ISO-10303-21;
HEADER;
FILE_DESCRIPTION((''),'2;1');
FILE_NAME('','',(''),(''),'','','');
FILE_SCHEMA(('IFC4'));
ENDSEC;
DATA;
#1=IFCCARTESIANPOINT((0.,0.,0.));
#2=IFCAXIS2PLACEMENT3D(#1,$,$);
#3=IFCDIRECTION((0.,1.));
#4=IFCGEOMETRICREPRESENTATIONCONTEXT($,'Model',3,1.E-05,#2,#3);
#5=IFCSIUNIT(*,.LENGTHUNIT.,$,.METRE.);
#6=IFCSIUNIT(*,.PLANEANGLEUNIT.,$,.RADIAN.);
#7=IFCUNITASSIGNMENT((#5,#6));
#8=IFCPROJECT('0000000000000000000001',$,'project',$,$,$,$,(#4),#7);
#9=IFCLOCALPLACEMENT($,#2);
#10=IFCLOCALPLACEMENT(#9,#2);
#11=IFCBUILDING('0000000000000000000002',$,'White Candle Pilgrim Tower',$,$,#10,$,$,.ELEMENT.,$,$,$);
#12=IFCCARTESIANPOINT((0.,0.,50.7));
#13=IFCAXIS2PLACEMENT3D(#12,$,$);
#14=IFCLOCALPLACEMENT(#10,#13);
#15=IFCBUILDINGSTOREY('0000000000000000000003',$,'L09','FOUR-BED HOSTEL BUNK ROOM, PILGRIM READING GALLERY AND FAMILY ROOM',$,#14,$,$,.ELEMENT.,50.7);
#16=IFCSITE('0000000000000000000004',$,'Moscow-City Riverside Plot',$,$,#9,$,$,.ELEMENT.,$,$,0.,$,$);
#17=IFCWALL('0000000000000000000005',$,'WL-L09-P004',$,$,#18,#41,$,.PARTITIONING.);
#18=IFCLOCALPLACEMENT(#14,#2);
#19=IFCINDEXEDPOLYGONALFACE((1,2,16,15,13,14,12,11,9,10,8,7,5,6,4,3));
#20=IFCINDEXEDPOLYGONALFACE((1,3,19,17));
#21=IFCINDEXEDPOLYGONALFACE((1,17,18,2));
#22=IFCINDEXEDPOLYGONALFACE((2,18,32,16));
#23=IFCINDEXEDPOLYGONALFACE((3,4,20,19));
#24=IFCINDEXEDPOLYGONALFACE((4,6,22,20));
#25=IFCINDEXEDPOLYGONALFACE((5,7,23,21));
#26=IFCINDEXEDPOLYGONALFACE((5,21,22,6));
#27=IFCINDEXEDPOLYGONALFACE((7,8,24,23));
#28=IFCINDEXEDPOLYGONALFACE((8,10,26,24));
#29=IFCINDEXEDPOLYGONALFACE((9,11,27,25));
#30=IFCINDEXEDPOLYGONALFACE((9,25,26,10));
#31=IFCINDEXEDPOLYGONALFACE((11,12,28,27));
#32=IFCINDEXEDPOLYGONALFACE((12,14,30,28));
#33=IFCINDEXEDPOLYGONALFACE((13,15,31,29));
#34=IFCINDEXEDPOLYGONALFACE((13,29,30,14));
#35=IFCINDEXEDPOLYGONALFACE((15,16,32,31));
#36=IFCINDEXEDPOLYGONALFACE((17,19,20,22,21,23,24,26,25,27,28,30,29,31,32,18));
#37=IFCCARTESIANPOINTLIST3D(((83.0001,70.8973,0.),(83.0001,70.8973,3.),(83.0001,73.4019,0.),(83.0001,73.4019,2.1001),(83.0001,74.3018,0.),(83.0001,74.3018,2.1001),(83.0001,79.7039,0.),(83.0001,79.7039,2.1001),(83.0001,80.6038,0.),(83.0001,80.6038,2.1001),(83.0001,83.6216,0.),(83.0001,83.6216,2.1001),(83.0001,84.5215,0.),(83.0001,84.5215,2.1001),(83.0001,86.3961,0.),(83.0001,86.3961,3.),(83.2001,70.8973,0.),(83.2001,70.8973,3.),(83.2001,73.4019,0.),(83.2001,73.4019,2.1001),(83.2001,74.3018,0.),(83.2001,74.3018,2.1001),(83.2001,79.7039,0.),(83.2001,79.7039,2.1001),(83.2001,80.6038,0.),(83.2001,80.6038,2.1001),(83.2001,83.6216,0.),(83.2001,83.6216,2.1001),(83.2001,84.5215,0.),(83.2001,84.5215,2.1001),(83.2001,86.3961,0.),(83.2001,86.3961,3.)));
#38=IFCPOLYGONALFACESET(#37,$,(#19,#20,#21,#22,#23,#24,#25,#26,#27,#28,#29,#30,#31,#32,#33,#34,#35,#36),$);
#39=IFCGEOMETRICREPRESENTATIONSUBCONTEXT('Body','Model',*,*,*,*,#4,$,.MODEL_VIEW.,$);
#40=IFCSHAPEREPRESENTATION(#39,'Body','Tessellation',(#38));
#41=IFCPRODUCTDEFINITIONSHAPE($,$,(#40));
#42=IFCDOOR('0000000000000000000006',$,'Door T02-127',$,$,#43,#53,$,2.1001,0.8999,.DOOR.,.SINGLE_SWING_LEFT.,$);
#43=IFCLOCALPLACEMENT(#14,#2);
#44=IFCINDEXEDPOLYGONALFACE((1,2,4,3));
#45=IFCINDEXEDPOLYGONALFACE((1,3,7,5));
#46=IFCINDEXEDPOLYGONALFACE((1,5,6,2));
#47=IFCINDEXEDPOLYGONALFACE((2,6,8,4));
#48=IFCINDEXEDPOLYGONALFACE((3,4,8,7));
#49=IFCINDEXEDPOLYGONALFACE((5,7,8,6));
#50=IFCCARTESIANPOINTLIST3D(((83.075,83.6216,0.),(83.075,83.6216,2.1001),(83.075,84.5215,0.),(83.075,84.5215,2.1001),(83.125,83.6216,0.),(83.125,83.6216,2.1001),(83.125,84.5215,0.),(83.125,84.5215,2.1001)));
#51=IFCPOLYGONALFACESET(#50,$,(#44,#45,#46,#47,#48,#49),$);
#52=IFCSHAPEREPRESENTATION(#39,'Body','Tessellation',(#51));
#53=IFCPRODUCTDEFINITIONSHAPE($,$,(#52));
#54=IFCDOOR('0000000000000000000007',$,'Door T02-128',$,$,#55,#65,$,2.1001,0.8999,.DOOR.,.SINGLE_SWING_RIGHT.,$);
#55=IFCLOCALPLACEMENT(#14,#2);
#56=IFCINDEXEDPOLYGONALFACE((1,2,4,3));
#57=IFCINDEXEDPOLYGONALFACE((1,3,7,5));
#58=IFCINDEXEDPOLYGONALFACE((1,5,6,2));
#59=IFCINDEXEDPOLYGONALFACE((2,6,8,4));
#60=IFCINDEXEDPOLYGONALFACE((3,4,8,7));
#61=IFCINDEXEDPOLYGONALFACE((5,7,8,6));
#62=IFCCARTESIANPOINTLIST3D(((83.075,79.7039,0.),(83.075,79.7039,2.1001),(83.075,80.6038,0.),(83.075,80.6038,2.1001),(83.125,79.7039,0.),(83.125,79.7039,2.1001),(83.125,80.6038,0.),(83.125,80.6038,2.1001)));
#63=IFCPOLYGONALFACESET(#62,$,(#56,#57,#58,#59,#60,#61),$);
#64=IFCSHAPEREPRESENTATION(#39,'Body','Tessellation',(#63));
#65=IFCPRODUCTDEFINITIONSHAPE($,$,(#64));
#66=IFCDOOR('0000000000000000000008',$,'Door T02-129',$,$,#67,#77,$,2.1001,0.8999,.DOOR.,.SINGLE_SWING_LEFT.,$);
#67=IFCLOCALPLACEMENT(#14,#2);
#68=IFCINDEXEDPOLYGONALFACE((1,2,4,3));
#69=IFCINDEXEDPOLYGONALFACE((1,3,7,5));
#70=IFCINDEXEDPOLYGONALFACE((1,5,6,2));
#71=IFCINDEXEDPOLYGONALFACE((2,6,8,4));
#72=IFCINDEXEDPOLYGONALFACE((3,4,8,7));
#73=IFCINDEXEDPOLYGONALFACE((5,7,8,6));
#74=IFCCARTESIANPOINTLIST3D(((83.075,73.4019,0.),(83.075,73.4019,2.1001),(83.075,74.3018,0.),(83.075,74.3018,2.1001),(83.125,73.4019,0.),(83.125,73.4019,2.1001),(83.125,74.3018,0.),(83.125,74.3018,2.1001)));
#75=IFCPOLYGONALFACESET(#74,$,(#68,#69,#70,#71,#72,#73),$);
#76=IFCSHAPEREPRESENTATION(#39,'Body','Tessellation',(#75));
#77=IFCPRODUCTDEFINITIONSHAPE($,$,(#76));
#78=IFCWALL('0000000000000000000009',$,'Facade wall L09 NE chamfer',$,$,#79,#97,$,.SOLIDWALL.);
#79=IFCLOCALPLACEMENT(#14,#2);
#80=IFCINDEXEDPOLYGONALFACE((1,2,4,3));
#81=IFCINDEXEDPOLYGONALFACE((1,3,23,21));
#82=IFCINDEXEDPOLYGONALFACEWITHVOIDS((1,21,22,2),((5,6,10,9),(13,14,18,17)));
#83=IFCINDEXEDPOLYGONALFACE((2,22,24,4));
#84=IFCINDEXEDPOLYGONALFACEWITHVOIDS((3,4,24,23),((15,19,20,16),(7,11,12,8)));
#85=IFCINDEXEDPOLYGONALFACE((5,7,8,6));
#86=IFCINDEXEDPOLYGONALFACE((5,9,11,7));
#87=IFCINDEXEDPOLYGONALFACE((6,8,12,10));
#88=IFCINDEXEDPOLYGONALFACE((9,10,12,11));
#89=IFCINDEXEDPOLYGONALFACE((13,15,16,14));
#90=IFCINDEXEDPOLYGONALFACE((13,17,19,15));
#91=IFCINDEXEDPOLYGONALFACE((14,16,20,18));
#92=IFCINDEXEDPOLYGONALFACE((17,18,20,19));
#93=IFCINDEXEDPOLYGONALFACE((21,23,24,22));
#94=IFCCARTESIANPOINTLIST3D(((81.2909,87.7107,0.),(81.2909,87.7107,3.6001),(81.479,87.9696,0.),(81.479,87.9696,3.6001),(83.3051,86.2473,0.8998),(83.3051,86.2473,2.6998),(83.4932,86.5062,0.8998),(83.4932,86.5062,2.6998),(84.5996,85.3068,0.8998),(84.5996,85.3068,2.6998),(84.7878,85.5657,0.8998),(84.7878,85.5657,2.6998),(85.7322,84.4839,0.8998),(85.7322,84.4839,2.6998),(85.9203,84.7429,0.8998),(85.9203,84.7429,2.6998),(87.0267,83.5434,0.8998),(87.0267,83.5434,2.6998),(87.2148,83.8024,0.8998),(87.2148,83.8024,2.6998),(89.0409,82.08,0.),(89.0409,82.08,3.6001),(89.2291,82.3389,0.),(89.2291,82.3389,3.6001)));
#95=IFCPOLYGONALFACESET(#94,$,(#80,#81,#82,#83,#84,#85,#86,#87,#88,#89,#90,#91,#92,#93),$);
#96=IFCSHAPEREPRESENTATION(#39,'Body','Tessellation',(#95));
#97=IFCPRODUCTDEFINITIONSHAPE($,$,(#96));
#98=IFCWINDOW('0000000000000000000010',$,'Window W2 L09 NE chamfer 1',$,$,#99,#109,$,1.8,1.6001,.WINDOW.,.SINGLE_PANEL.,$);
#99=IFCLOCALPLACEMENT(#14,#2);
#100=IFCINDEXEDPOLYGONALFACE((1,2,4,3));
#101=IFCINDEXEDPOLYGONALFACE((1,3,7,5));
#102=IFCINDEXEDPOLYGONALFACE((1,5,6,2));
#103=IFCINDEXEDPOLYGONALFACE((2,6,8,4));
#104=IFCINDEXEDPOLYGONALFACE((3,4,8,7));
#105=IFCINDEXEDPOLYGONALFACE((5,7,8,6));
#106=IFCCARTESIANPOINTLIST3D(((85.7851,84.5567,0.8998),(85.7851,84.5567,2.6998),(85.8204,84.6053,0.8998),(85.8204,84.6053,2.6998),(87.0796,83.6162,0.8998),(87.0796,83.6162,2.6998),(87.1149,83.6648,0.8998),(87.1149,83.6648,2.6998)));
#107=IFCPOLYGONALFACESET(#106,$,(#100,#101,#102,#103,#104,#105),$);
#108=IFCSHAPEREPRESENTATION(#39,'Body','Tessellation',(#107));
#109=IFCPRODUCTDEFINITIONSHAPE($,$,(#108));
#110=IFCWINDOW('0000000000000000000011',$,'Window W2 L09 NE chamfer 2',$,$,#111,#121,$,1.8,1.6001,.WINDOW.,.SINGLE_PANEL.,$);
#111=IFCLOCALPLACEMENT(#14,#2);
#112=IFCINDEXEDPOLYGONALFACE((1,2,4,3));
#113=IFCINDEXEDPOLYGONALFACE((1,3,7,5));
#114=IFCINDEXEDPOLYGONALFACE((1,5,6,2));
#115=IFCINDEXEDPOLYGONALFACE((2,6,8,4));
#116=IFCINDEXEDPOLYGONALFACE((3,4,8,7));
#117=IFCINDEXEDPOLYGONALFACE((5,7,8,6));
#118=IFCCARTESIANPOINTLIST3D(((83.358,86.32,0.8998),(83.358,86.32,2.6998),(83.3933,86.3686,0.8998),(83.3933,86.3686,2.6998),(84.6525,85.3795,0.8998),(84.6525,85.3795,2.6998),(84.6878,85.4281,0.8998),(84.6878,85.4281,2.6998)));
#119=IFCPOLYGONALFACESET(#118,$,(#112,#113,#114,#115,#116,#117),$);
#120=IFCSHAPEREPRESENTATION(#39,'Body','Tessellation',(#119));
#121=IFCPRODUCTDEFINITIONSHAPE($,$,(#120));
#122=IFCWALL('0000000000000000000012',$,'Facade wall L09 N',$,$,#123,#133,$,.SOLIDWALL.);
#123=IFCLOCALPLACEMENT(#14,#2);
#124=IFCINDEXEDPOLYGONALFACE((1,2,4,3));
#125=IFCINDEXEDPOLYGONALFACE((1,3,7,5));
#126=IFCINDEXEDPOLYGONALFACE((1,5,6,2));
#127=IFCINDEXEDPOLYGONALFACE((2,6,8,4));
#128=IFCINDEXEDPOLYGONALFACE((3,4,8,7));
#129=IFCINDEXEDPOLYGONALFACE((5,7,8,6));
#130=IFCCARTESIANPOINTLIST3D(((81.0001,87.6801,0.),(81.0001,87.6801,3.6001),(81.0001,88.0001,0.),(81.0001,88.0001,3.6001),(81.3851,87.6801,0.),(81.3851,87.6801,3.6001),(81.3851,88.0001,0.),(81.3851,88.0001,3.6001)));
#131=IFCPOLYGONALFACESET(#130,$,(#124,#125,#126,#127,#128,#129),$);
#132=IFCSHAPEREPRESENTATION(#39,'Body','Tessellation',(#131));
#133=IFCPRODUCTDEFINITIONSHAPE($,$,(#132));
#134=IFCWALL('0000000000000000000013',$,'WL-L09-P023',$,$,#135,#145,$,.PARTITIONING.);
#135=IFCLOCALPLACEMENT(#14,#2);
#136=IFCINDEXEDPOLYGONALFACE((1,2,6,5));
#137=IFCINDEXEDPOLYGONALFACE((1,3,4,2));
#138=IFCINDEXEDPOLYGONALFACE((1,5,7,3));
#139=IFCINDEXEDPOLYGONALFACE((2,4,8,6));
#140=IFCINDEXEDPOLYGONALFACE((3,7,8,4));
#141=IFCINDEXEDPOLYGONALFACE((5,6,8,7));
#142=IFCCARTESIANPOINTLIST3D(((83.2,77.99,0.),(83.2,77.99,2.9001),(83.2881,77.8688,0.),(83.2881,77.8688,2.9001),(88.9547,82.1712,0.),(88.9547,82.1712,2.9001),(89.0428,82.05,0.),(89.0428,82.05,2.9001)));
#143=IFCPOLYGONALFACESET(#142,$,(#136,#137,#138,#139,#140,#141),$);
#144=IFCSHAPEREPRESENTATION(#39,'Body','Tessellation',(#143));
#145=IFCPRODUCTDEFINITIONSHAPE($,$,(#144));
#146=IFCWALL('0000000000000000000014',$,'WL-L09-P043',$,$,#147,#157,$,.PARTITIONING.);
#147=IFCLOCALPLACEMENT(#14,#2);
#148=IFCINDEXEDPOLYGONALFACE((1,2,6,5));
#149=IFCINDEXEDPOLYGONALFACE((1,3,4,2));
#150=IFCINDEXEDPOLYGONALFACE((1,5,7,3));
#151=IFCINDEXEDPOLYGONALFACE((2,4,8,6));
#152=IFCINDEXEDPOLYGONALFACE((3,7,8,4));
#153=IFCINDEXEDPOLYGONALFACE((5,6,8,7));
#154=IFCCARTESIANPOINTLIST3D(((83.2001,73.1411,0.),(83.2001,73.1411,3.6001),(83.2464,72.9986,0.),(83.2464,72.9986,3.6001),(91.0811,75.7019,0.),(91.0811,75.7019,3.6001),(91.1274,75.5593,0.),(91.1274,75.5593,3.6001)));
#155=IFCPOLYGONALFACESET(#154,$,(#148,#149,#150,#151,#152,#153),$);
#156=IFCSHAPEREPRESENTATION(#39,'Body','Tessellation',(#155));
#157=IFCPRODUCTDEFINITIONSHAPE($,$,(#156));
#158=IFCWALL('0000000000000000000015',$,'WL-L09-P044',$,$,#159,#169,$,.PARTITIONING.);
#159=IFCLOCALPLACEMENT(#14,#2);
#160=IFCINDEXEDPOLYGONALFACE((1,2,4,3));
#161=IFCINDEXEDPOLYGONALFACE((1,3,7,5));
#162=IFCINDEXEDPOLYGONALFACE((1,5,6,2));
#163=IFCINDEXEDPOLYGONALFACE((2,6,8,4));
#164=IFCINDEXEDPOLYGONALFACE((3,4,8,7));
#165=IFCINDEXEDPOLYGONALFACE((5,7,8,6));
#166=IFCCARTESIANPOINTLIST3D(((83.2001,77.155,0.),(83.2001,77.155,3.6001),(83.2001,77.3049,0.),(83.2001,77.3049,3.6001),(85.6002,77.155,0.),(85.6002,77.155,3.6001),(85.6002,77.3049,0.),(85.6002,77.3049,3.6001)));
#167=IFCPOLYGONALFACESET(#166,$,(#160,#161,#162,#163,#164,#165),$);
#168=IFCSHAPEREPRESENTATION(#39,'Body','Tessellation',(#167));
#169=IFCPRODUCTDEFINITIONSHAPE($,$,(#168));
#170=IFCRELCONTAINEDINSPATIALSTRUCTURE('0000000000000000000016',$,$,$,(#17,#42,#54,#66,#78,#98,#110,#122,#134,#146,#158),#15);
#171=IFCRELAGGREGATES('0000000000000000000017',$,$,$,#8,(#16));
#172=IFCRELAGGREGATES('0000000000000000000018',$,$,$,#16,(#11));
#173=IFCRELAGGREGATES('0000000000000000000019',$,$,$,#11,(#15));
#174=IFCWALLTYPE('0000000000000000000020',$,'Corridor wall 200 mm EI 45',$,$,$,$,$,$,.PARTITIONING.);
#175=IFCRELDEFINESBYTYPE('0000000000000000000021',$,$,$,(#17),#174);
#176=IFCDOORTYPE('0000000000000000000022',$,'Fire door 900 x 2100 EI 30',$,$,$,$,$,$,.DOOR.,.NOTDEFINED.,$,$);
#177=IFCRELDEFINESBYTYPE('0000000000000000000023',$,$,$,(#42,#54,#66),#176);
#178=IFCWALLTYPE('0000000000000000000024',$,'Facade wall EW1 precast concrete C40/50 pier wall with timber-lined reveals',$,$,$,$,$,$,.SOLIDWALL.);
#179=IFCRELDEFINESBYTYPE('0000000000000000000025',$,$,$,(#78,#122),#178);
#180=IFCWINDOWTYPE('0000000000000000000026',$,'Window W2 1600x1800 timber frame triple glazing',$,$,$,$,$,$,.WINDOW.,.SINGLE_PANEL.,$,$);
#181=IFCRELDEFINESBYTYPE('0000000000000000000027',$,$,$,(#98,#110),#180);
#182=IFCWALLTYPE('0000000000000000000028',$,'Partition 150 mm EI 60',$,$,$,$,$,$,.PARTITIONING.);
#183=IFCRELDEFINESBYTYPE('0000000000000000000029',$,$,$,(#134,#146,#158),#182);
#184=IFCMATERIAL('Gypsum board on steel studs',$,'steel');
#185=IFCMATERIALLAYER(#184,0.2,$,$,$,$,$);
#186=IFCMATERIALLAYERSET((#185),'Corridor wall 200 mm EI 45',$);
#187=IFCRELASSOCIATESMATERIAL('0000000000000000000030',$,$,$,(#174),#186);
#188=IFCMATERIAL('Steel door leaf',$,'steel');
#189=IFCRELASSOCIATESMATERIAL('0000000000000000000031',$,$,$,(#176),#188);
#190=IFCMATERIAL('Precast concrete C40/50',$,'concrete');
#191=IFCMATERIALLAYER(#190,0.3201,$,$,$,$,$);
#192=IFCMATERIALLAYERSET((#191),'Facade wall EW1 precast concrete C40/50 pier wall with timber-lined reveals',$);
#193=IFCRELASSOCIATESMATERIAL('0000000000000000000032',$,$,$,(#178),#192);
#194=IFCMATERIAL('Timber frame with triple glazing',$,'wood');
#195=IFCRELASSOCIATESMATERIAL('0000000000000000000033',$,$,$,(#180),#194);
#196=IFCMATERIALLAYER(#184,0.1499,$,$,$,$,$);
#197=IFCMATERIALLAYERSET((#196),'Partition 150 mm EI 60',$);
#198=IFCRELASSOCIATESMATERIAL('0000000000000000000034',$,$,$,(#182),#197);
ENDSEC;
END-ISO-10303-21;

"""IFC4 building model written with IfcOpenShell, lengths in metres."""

from ifc_helpers import new_model, si_unit, direction, frame, frame_2d, origin, place, context, subcontext, project, spatial, rectangle, extrude, material, layer, layer_set, type_object, element, fill, save


model = new_model("IFC4")

# Units and contexts
model_context = context("Model", 3, precision=1e-05, world=origin(), true_north=direction((0.0, 1.0)))
body_context = subcontext(model_context, "Body", "Model", "MODEL_VIEW")
ifc_project = project(units=[si_unit("LENGTHUNIT", "METRE"), si_unit("PLANEANGLEUNIT", "RADIAN")], contexts=[model_context])

# Site, building, storey
site_placement = place(None, origin())
site = spatial("IfcSite", under=ifc_project, at=site_placement, Name="Moscow-City Riverside Plot", CompositionType="ELEMENT", RefElevation=0.0)
building_placement = place(site_placement, origin())
building = spatial("IfcBuilding", under=site, at=building_placement, Name="White Candle Pilgrim Tower", CompositionType="ELEMENT")
storey_placement = place(building_placement, frame((0.0, 0.0, 50.7)))
storey = spatial("IfcBuildingStorey", under=building, at=storey_placement, Name="L09", Description="FOUR-BED HOSTEL BUNK ROOM, PILGRIM READING GALLERY AND FAMILY ROOM", CompositionType="ELEMENT", Elevation=50.7)

# Shared definitions
ifc_material_1 = material(Name="Steel door leaf", Category="steel")

# Wall, openings, doors
ifc_material_2 = material(Name="Gypsum board on steel studs", Category="steel")
ifc_layer_1 = layer(ifc_material_2, 0.2)
ifc_layer_set_1 = layer_set([ifc_layer_1], Name="Corridor wall 200 mm EI 45")
wall_type_1 = type_object("IfcWallType", Name="Corridor wall 200 mm EI 45", PredefinedType="PARTITIONING", material=ifc_layer_set_1)
wall_1_placement = place(storey_placement, frame((83.1001, 86.3962, 0.0), z_axis=(0.0, 0.0, 1.0), x_axis=(0.0, -1.0, 0.0)))
wall_1 = element("IfcWall", 1, at=wall_1_placement, inside=storey, type_object=wall_type_1, Name="WL-L09-P004", PredefinedType="PARTITIONING", context=body_context, shape_type="SweptSolid", body=[
    extrude(rectangle(XDim=15.4988, YDim=0.2, at=frame_2d((7.7495, 0.0))), origin(), (0.0, 0.0, 1.0), 3.0),
])
opening_1_placement = place(wall_1_placement, frame((1.8748, 0.0, 0.0)))
opening_1 = element("IfcOpeningElement", 2, at=opening_1_placement, cuts=wall_1, PredefinedType="OPENING", context=body_context, shape_type="SweptSolid", body=[
    extrude(rectangle(XDim=0.8999, YDim=2.1001, at=frame_2d((0.45, 1.05))), frame((0.0, 0.1099, 0.0), z_axis=(0.0, -1.0, 0.0), x_axis=(1.0, 0.0, 0.0)), (0.0, 0.0, 1.0), 0.22),
])
opening_2_placement = place(wall_1_placement, frame((5.7925, 0.0, 0.0)))
opening_2 = element("IfcOpeningElement", 3, at=opening_2_placement, cuts=wall_1, PredefinedType="OPENING", context=body_context, shape_type="SweptSolid", body=[
    extrude(rectangle(XDim=0.8999, YDim=2.1001, at=frame_2d((0.45, 1.05))), frame((0.0, 0.1099, 0.0), z_axis=(0.0, -1.0, 0.0), x_axis=(1.0, 0.0, 0.0)), (0.0, 0.0, 1.0), 0.22),
])
opening_3_placement = place(wall_1_placement, frame((12.0945, 0.0, 0.0)))
opening_3 = element("IfcOpeningElement", 4, at=opening_3_placement, cuts=wall_1, PredefinedType="OPENING", context=body_context, shape_type="SweptSolid", body=[
    extrude(rectangle(XDim=0.8999, YDim=2.1001, at=frame_2d((0.45, 1.05))), frame((0.0, 0.1099, 0.0), z_axis=(0.0, -1.0, 0.0), x_axis=(1.0, 0.0, 0.0)), (0.0, 0.0, 1.0), 0.22),
])
door_type_1 = type_object("IfcDoorType", Name="Fire door 900 x 2100 EI 30", OperationType="NOTDEFINED", PredefinedType="DOOR", material=ifc_material_1)
door_1_placement = place(opening_1_placement, origin())
door_1 = element("IfcDoor", 5, at=door_1_placement, inside=storey, type_object=door_type_1, Name="Door T02-127", OperationType="SINGLE_SWING_LEFT", OverallHeight=2.1001, OverallWidth=0.8999, PredefinedType="DOOR", context=body_context, shape_type="SweptSolid", body=[
    extrude(rectangle(XDim=0.8999, YDim=2.1001, at=frame_2d((0.45, 1.05))), frame((0.0, 0.0249, 0.0), z_axis=(0.0, -1.0, 0.0), x_axis=(1.0, 0.0, 0.0)), (0.0, 0.0, 1.0), 0.05),
])
fill(opening_1, door_1)
door_2_placement = place(opening_2_placement, origin())
door_2 = element("IfcDoor", 6, at=door_2_placement, inside=storey, type_object=door_type_1, Name="Door T02-128", OperationType="SINGLE_SWING_RIGHT", OverallHeight=2.1001, OverallWidth=0.8999, PredefinedType="DOOR", context=body_context, shape_type="SweptSolid", body=[
    extrude(rectangle(XDim=0.8999, YDim=2.1001, at=frame_2d((0.45, 1.05))), frame((0.0, 0.0249, 0.0), z_axis=(0.0, -1.0, 0.0), x_axis=(1.0, 0.0, 0.0)), (0.0, 0.0, 1.0), 0.05),
])
fill(opening_2, door_2)
door_3_placement = place(opening_3_placement, origin())
door_3 = element("IfcDoor", 7, at=door_3_placement, inside=storey, type_object=door_type_1, Name="Door T02-129", OperationType="SINGLE_SWING_LEFT", OverallHeight=2.1001, OverallWidth=0.8999, PredefinedType="DOOR", context=body_context, shape_type="SweptSolid", body=[
    extrude(rectangle(XDim=0.8999, YDim=2.1001, at=frame_2d((0.45, 1.05))), frame((0.0, 0.0249, 0.0), z_axis=(0.0, -1.0, 0.0), x_axis=(1.0, 0.0, 0.0)), (0.0, 0.0, 1.0), 0.05),
])
fill(opening_3, door_3)

# Wall, openings, windows
ifc_material_3 = material(Name="Precast concrete C40/50", Category="concrete")
ifc_layer_2 = layer(ifc_material_3, 0.3201)
ifc_layer_set_2 = layer_set([ifc_layer_2], Name="Facade wall EW1 precast concrete C40/50 pier wall with timber-lined reveals")
wall_type_2 = type_object("IfcWallType", Name="Facade wall EW1 precast concrete C40/50 pier wall with timber-lined reveals", PredefinedType="SOLIDWALL", material=ifc_layer_set_2)
wall_2_placement = place(storey_placement, frame((89.135, 82.2095, 0.0), z_axis=(0.0, 0.0, 1.0), x_axis=(-0.809021, 0.587779, 0.0)))
wall_2 = element("IfcWall", 8, at=wall_2_placement, inside=storey, type_object=wall_type_2, Name="Facade wall L09 NE chamfer", PredefinedType="SOLIDWALL", context=body_context, shape_type="SweptSolid", body=[
    extrude(rectangle(XDim=9.5796, YDim=0.3201, at=frame_2d((4.7898, 0.0))), origin(), (0.0, 0.0, 1.0), 3.6001),
])
opening_4_placement = place(wall_2_placement, frame((2.4897, 0.0, 0.8999)))
opening_4 = element("IfcOpeningElement", 9, at=opening_4_placement, cuts=wall_2, PredefinedType="OPENING", context=body_context, shape_type="SweptSolid", body=[
    extrude(rectangle(XDim=1.6001, YDim=1.8, at=frame_2d((0.8, 0.8999))), frame((0.0, 0.1699, 0.0), z_axis=(0.0, -1.0, 0.0), x_axis=(1.0, 0.0, 0.0)), (0.0, 0.0, 1.0), 0.3401),
])
opening_5_placement = place(wall_2_placement, frame((5.4897, 0.0, 0.8999)))
opening_5 = element("IfcOpeningElement", 10, at=opening_5_placement, cuts=wall_2, PredefinedType="OPENING", context=body_context, shape_type="SweptSolid", body=[
    extrude(rectangle(XDim=1.6001, YDim=1.8, at=frame_2d((0.8, 0.8999))), frame((0.0, 0.1699, 0.0), z_axis=(0.0, -1.0, 0.0), x_axis=(1.0, 0.0, 0.0)), (0.0, 0.0, 1.0), 0.3401),
])
ifc_material_4 = material(Name="Timber frame with triple glazing", Category="wood")
window_type = type_object("IfcWindowType", Name="Window W2 1600x1800 timber frame triple glazing", PartitioningType="SINGLE_PANEL", PredefinedType="WINDOW", material=ifc_material_4)
window_1_placement = place(opening_4_placement, origin())
window_1 = element("IfcWindow", 11, at=window_1_placement, inside=storey, type_object=window_type, Name="Window W2 L09 NE chamfer 1", OverallHeight=1.8, OverallWidth=1.6001, PartitioningType="SINGLE_PANEL", PredefinedType="WINDOW", context=body_context, shape_type="SweptSolid", body=[
    extrude(rectangle(XDim=1.6001, YDim=1.8, at=frame_2d((0.8, 0.8999))), frame((0.0, 0.0701, 0.0), z_axis=(0.0, -1.0, 0.0), x_axis=(1.0, 0.0, 0.0)), (0.0, 0.0, 1.0), 0.0601),
])
fill(opening_4, window_1)
window_2_placement = place(opening_5_placement, origin())
window_2 = element("IfcWindow", 12, at=window_2_placement, inside=storey, type_object=window_type, Name="Window W2 L09 NE chamfer 2", OverallHeight=1.8, OverallWidth=1.6001, PartitioningType="SINGLE_PANEL", PredefinedType="WINDOW", context=body_context, shape_type="SweptSolid", body=[
    extrude(rectangle(XDim=1.6001, YDim=1.8, at=frame_2d((0.8, 0.8999))), frame((0.0, 0.0701, 0.0), z_axis=(0.0, -1.0, 0.0), x_axis=(1.0, 0.0, 0.0)), (0.0, 0.0, 1.0), 0.0601),
])
fill(opening_5, window_2)

# Walls
wall_3_placement = place(storey_placement, frame((81.385, 87.8401, 0.0), z_axis=(0.0, 0.0, 1.0), x_axis=(-1.0, 0.0, 0.0)))
element("IfcWall", 13, at=wall_3_placement, inside=storey, type_object=wall_type_2, Name="Facade wall L09 N", PredefinedType="SOLIDWALL", context=body_context, shape_type="SweptSolid", body=[
    extrude(rectangle(XDim=0.385, YDim=0.3201, at=frame_2d((0.1924, 0.0))), origin(), (0.0, 0.0, 1.0), 3.6001),
])
ifc_layer_3 = layer(ifc_material_2, 0.1499)
ifc_layer_set_3 = layer_set([ifc_layer_3], Name="Partition 150 mm EI 60")
wall_type_3 = type_object("IfcWallType", Name="Partition 150 mm EI 60", PredefinedType="PARTITIONING", material=ifc_layer_set_3)
wall_4_placement = place(storey_placement, frame((88.9988, 82.1106, 0.0), z_axis=(0.0, 0.0, 1.0), x_axis=(-0.809006, -0.5878, 0.0)))
element("IfcWall", 14, at=wall_4_placement, inside=storey, type_object=wall_type_3, Name="WL-L09-P023", PredefinedType="PARTITIONING", context=body_context, shape_type="SweptSolid", body=[
    extrude(rectangle(XDim=7.1133, YDim=0.1499, at=frame_2d((3.5566, 0.0))), origin(), (0.0, 0.0, 1.0), 2.9001),
])
wall_5_placement = place(storey_placement, frame((91.1042, 75.6306, 0.0), z_axis=(0.0, 0.0, 1.0), x_axis=(-0.951054, -0.309024, 0.0)))
element("IfcWall", 15, at=wall_5_placement, inside=storey, type_object=wall_type_3, Name="WL-L09-P043", PredefinedType="PARTITIONING", context=body_context, shape_type="SweptSolid", body=[
    extrude(rectangle(XDim=8.2866, YDim=0.1499, at=frame_2d((4.1433, 0.0))), origin(), (0.0, 0.0, 1.0), 3.6001),
])
wall_6_placement = place(storey_placement, frame((83.2, 77.23, 0.0), z_axis=(0.0, 0.0, 1.0), x_axis=(1.0, 0.0, 0.0)))
element("IfcWall", 16, at=wall_6_placement, inside=storey, type_object=wall_type_3, Name="WL-L09-P044", PredefinedType="PARTITIONING", context=body_context, shape_type="SweptSolid", body=[
    extrude(rectangle(XDim=2.4001, YDim=0.1499, at=frame_2d((1.2002, 0.0))), origin(), (0.0, 0.0, 1.0), 3.6001),
])

save(model, "model.ifc")
